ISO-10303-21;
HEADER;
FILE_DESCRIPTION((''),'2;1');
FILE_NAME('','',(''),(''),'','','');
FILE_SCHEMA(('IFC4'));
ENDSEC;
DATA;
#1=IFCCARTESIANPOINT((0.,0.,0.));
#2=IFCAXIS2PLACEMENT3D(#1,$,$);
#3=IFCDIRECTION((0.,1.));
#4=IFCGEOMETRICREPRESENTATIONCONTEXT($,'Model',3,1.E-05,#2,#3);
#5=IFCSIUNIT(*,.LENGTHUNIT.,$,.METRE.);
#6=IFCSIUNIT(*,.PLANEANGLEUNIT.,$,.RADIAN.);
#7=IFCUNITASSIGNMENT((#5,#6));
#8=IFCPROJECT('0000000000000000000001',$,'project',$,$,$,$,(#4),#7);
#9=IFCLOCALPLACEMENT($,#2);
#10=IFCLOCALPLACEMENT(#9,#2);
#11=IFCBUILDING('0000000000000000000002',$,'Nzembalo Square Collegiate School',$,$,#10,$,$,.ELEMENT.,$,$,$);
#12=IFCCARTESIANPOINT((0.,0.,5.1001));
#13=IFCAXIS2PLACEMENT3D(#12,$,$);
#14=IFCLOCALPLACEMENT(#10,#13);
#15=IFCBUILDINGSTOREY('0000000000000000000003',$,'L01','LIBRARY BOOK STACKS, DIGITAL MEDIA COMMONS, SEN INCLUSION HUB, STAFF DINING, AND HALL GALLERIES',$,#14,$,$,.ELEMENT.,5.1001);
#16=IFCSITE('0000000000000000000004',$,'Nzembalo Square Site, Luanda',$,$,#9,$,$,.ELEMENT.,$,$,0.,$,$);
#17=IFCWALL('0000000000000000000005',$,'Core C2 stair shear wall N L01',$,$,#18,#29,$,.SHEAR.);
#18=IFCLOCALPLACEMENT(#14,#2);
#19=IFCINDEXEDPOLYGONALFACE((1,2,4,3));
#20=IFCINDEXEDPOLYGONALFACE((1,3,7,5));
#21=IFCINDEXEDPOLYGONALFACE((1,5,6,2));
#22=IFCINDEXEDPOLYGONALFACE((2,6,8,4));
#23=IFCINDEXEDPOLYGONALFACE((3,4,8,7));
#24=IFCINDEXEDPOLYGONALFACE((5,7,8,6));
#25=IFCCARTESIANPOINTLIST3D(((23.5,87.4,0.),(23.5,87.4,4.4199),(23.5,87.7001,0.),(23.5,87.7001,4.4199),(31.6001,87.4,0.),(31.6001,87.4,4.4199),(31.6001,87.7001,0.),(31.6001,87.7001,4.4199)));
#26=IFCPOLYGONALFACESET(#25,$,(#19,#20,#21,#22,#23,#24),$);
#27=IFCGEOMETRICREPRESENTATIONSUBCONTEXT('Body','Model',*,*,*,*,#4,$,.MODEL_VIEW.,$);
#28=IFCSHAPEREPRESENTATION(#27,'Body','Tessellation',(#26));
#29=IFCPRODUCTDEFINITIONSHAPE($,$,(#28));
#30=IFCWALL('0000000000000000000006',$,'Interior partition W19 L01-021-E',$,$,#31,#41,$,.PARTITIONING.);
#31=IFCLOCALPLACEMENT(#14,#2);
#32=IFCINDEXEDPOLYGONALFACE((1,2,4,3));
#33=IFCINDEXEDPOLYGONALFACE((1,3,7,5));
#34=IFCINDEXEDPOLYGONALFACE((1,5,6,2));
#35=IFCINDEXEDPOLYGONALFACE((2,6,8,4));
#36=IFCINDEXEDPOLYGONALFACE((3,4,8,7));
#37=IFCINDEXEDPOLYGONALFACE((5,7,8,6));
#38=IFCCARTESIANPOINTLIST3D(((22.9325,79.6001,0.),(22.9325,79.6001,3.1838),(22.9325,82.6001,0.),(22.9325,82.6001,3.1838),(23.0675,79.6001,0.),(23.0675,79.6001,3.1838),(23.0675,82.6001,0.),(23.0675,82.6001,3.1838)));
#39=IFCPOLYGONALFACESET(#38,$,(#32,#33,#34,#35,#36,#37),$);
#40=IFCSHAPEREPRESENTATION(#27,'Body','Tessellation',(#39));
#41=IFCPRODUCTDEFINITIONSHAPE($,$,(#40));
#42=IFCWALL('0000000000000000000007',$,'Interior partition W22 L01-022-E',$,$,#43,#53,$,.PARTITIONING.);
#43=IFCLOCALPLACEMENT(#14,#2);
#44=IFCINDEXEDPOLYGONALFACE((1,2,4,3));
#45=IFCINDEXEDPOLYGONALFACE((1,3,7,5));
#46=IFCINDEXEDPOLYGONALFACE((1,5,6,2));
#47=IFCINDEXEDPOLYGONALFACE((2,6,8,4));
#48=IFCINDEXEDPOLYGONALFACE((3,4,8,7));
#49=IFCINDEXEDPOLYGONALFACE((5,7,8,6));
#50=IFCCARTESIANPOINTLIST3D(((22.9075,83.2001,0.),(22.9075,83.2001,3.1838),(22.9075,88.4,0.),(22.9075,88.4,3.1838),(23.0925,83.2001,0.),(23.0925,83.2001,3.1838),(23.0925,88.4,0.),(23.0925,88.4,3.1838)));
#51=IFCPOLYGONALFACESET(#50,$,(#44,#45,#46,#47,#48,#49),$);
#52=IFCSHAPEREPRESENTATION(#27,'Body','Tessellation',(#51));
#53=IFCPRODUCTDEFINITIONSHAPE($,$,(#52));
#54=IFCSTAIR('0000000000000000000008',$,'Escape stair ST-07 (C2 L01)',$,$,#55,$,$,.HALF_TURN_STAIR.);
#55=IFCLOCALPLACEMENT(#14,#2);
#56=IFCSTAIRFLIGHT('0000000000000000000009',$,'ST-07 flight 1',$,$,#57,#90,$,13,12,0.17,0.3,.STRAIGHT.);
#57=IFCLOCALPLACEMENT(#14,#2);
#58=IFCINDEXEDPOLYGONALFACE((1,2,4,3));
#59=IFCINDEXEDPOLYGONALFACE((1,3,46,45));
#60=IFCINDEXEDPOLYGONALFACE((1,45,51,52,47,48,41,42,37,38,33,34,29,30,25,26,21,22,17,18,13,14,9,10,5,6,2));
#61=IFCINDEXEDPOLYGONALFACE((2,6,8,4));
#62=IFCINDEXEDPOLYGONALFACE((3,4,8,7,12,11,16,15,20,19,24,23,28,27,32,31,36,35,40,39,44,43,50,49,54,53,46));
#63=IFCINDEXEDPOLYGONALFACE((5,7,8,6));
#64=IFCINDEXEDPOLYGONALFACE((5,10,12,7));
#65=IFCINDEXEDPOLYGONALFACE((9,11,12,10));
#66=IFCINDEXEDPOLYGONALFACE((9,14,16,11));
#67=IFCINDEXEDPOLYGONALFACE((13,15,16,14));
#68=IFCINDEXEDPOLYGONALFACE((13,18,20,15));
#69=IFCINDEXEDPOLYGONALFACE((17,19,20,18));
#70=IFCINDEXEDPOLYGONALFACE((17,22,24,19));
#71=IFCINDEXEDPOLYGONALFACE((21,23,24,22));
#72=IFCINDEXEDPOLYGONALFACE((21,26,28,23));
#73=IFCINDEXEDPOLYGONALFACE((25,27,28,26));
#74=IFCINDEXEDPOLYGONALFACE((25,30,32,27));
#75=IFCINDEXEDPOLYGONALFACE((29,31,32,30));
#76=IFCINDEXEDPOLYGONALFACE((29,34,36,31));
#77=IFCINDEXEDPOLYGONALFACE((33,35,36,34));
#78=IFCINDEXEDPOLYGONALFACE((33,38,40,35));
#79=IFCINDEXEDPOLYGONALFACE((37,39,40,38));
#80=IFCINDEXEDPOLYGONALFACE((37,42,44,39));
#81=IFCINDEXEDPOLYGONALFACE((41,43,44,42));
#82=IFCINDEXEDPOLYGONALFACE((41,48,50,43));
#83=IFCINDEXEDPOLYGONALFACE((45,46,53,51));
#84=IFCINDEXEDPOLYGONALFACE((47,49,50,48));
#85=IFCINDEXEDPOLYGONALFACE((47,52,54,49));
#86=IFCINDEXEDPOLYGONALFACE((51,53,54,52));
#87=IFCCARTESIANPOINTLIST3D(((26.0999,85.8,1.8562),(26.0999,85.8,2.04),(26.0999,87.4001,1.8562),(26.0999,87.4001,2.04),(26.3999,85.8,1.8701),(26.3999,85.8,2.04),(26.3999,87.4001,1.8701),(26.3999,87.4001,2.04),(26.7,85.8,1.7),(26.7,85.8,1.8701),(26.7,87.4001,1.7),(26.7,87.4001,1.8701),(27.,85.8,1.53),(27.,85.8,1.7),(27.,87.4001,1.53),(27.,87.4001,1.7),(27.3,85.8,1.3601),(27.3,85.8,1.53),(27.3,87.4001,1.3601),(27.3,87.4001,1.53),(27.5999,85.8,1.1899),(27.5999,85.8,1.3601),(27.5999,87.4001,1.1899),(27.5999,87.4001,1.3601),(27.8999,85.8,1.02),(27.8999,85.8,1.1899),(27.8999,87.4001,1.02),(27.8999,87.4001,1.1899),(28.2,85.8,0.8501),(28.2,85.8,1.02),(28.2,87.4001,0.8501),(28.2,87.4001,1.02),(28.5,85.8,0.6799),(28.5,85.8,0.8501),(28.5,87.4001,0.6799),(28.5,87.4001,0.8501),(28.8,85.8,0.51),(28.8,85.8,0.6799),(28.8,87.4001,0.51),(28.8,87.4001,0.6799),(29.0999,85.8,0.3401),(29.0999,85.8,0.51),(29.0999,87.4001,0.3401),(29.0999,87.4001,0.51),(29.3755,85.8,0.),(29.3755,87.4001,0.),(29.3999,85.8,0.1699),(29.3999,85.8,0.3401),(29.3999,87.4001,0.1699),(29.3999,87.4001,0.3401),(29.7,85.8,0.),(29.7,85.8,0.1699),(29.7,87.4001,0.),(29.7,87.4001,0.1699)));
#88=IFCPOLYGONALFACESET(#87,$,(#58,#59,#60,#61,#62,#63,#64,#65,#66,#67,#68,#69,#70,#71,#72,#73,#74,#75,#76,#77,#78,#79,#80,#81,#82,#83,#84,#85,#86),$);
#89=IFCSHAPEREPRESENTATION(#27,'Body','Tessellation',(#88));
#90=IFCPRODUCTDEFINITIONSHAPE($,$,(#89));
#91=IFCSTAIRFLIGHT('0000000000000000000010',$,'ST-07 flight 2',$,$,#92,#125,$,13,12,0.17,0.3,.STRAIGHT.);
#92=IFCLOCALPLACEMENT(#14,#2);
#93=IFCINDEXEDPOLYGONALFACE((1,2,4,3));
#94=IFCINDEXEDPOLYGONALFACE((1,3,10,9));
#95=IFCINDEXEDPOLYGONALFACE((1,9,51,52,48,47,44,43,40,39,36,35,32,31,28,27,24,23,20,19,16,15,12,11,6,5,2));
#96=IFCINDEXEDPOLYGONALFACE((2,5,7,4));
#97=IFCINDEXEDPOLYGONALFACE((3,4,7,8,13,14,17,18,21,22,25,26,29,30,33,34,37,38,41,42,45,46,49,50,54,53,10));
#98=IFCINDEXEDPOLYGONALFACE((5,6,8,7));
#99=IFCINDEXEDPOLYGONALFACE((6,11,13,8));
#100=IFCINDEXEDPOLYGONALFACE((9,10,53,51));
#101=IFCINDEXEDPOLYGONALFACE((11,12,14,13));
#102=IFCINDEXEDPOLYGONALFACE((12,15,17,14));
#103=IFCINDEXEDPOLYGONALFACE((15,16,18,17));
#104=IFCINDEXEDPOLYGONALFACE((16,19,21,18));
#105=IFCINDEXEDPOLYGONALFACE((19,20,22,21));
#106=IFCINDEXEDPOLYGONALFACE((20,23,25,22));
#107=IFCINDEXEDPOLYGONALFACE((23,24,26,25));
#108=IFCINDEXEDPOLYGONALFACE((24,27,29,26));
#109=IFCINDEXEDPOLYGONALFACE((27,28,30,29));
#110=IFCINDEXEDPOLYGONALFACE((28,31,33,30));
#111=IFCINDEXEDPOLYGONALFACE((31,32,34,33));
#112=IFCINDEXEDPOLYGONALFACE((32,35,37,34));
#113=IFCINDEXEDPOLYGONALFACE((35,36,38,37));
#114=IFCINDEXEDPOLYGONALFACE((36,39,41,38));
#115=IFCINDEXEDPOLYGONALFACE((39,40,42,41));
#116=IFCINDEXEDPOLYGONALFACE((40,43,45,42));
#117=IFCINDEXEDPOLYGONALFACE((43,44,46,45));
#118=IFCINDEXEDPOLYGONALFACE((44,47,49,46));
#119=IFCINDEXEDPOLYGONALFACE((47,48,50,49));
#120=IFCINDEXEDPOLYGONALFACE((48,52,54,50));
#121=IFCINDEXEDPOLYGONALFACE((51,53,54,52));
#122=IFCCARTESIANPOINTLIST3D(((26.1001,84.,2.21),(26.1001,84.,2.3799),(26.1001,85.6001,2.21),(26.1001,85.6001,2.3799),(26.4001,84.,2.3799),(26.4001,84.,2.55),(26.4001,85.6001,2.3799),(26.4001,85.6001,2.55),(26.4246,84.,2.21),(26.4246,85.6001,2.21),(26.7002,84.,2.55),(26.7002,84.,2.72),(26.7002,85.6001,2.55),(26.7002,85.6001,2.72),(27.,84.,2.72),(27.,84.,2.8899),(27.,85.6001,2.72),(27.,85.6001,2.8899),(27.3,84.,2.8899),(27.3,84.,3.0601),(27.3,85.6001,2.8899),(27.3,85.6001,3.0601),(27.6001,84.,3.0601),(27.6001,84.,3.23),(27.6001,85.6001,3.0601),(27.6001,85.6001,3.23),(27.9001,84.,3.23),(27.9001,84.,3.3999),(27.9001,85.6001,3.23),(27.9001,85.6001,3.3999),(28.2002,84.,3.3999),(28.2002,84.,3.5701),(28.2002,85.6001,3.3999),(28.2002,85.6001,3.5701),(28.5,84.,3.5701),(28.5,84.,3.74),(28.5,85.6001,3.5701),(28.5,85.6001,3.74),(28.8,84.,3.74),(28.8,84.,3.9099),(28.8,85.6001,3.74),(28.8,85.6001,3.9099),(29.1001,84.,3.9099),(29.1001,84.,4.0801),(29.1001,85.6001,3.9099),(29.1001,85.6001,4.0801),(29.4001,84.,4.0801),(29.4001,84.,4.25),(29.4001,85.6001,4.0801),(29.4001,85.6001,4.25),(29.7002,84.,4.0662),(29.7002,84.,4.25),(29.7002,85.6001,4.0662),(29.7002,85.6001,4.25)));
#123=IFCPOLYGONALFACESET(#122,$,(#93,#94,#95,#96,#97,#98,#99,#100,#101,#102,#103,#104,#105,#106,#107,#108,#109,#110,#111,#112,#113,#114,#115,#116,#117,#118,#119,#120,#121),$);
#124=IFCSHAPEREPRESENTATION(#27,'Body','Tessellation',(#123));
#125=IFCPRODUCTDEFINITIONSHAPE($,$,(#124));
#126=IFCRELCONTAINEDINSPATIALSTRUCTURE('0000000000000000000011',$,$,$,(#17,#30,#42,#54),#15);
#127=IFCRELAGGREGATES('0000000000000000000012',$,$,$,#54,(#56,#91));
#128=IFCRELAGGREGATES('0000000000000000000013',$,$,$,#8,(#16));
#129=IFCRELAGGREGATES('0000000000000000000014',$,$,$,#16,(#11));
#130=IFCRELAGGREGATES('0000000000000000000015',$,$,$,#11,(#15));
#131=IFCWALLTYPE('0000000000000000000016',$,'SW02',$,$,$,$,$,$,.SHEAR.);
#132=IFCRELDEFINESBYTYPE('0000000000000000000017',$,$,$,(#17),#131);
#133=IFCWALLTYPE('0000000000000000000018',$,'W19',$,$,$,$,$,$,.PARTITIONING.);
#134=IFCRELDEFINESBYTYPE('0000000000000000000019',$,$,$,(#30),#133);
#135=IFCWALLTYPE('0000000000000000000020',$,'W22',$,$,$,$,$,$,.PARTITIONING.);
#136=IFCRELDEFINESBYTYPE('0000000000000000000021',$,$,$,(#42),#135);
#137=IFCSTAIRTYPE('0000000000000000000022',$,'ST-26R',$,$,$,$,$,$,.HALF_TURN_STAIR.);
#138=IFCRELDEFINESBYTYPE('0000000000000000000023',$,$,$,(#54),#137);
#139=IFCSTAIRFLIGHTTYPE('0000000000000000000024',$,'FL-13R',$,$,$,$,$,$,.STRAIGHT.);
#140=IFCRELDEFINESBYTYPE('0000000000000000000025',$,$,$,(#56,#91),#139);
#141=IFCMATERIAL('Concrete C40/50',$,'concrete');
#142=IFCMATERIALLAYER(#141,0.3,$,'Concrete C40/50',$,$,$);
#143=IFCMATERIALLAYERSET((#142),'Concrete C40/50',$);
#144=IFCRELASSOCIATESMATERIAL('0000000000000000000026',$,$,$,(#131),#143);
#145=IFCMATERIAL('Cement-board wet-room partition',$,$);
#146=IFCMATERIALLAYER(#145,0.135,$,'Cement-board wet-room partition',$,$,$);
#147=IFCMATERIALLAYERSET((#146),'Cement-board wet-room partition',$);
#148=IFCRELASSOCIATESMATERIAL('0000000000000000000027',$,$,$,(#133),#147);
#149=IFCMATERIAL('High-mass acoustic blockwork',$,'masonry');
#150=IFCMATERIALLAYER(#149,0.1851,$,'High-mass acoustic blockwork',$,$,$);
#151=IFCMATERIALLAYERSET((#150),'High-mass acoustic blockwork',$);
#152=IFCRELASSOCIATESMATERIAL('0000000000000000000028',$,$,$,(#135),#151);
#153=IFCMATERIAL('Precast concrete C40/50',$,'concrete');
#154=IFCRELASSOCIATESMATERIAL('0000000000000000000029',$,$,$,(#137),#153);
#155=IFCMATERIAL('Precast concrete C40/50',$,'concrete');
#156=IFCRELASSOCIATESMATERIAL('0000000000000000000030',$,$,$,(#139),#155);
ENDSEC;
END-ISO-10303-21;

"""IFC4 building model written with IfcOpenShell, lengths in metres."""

from ifc_helpers import new_model, si_unit, direction, frame, frame_2d, origin, place, context, subcontext, project, spatial, polyline, rectangle, outline, extrude, material, layer, layer_set, type_object, element, aggregate, save


model = new_model("IFC4")

# Units and contexts
model_context = context("Model", 3, precision=1e-05, world=origin(), true_north=direction((0.0, 1.0)))
body_context = subcontext(model_context, "Body", "Model", "MODEL_VIEW")
ifc_project = project(units=[si_unit("LENGTHUNIT", "METRE"), si_unit("PLANEANGLEUNIT", "RADIAN")], contexts=[model_context])

# Site, building, storey
site_placement = place(None, origin())
site = spatial("IfcSite", under=ifc_project, at=site_placement, Name="Nzembalo Square Site, Luanda", CompositionType="ELEMENT", RefElevation=0.0)
building_placement = place(site_placement, origin())
building = spatial("IfcBuilding", under=site, at=building_placement, Name="Nzembalo Square Collegiate School", CompositionType="ELEMENT")
storey_placement = place(building_placement, frame((0.0, 0.0, 5.1001)))
storey = spatial("IfcBuildingStorey", under=building, at=storey_placement, Name="L01", Description="LIBRARY BOOK STACKS, DIGITAL MEDIA COMMONS, SEN INCLUSION HUB, STAFF DINING, AND HALL GALLERIES", CompositionType="ELEMENT", Elevation=5.1001)

# Walls
ifc_material_1 = material(Name="Concrete C40/50", Category="concrete")
ifc_layer_1 = layer(ifc_material_1, 0.3, Name="Concrete C40/50")
ifc_layer_set_1 = layer_set([ifc_layer_1], Name="Concrete C40/50")
wall_type_1 = type_object("IfcWallType", Name="SW02", PredefinedType="SHEAR", material=ifc_layer_set_1)
for number, where, z_axis, x_axis, name in (
    (1, (23.5, 87.55, 0.0), (0.0, 0.0, 1.0), (1.0, 0.0, 0.0), "Core C2 stair shear wall N L01"),
):
    element("IfcWall", number, at=place(storey_placement, frame(where, z_axis=z_axis, x_axis=x_axis)), inside=storey, type_object=wall_type_1, Name=name, PredefinedType="SHEAR", context=body_context, shape_type="SweptSolid", body=[
        extrude(rectangle(XDim=8.1001, YDim=0.3, at=frame_2d((4.05, 0.0))), origin(), (0.0, 0.0, 1.0), 4.4199),
    ])
ifc_material_2 = material(Name="Cement-board wet-room partition")
ifc_layer_2 = layer(ifc_material_2, 0.135, Name="Cement-board wet-room partition")
ifc_layer_set_2 = layer_set([ifc_layer_2], Name="Cement-board wet-room partition")
wall_type_2 = type_object("IfcWallType", Name="W19", PredefinedType="PARTITIONING", material=ifc_layer_set_2)
wall_1_placement = place(storey_placement, frame((23.0, 79.6001, 0.0), z_axis=(0.0, 0.0, 1.0), x_axis=(0.0, 1.0, 0.0)))
element("IfcWall", 2, at=wall_1_placement, inside=storey, type_object=wall_type_2, Name="Interior partition W19 L01-021-E", PredefinedType="PARTITIONING", context=body_context, shape_type="SweptSolid", body=[
    extrude(rectangle(XDim=3.0, YDim=0.135, at=frame_2d((1.5, 0.0))), origin(), (0.0, 0.0, 1.0), 3.1838),
])
ifc_material_3 = material(Name="High-mass acoustic blockwork", Category="masonry")
ifc_layer_3 = layer(ifc_material_3, 0.1851, Name="High-mass acoustic blockwork")
ifc_layer_set_3 = layer_set([ifc_layer_3], Name="High-mass acoustic blockwork")
wall_type_3 = type_object("IfcWallType", Name="W22", PredefinedType="PARTITIONING", material=ifc_layer_set_3)
wall_2_placement = place(storey_placement, frame((23.0, 83.2, 0.0), z_axis=(0.0, 0.0, 1.0), x_axis=(0.0, 1.0, 0.0)))
element("IfcWall", 3, at=wall_2_placement, inside=storey, type_object=wall_type_3, Name="Interior partition W22 L01-022-E", PredefinedType="PARTITIONING", context=body_context, shape_type="SweptSolid", body=[
    extrude(rectangle(XDim=5.2, YDim=0.1851, at=frame_2d((2.6001, 0.0))), origin(), (0.0, 0.0, 1.0), 3.1838),
])

# Stair, stair flights
ifc_material_4 = material(Name="Precast concrete C40/50", Category="concrete")
stair_type = type_object("IfcStairType", Name="ST-26R", PredefinedType="HALF_TURN_STAIR", material=ifc_material_4)
stair_placement = place(storey_placement, origin())
stair = element("IfcStair", 4, at=stair_placement, inside=storey, type_object=stair_type, Name="Escape stair ST-07 (C2 L01)", PredefinedType="HALF_TURN_STAIR")
ifc_material_5 = material(Name="Precast concrete C40/50", Category="concrete")
stair_flight_type = type_object("IfcStairFlightType", Name="FL-13R", PredefinedType="STRAIGHT", material=ifc_material_5)
stair_flight_1_placement = place(storey_placement, frame((29.7, 86.6001, 0.0), z_axis=(0.0, 0.0, 1.0), x_axis=(-1.0, 0.0, 0.0)))
stair_flight_1 = element("IfcStairFlight", 5, at=stair_flight_1_placement, type_object=stair_flight_type, Name="ST-07 flight 1", NumberOfRisers=13, NumberOfTreads=12, PredefinedType="STRAIGHT", RiserHeight=0.17, TreadLength=0.3, context=body_context, shape_type="SweptSolid", body=[
    extrude(outline(polyline([(0.0, 0.0), (0.0, 0.1699), (0.3, 0.1699), (0.3, 0.3401), (0.6001, 0.3401), (0.6001, 0.51), (0.8999, 0.51), (0.8999, 0.6799), (1.2, 0.6799), (1.2, 0.8501), (1.5, 0.8501), (1.5, 1.02), (1.8, 1.02), (1.8, 1.1899), (2.1001, 1.1899), (2.1001, 1.3601), (2.3999, 1.3601), (2.3999, 1.53), (2.7, 1.53), (2.7, 1.7), (3.0, 1.7), (3.0, 1.8701), (3.3, 1.8701), (3.3, 2.04), (3.6001, 2.04), (3.6001, 2.21), (3.6001, 1.8562), (0.3245, 0.0), (0.0, 0.0)])), frame((0.0, 0.8, 0.0), z_axis=(0.0, -1.0, 0.0), x_axis=(1.0, 0.0, 0.0)), (0.0, 0.0, 1.0), 1.6001),
])
stair_flight_2_placement = place(storey_placement, frame((26.1001, 84.8, 2.21), z_axis=(0.0, 0.0, 1.0), x_axis=(1.0, 0.0, 0.0)))
stair_flight_2 = element("IfcStairFlight", 6, at=stair_flight_2_placement, type_object=stair_flight_type, Name="ST-07 flight 2", NumberOfRisers=13, NumberOfTreads=12, PredefinedType="STRAIGHT", RiserHeight=0.17, TreadLength=0.3, context=body_context, shape_type="SweptSolid", body=[
    extrude(outline(polyline([(0.0, 0.0), (0.0, 0.1699), (0.3, 0.1699), (0.3, 0.3401), (0.6001, 0.3401), (0.6001, 0.51), (0.8999, 0.51), (0.8999, 0.6799), (1.2, 0.6799), (1.2, 0.8501), (1.5, 0.8501), (1.5, 1.02), (1.8, 1.02), (1.8, 1.1899), (2.1001, 1.1899), (2.1001, 1.3601), (2.3999, 1.3601), (2.3999, 1.53), (2.7, 1.53), (2.7, 1.7), (3.0, 1.7), (3.0, 1.8701), (3.3, 1.8701), (3.3, 2.04), (3.6001, 2.04), (3.6001, 2.21), (3.6001, 1.8562), (0.3245, 0.0), (0.0, 0.0)])), frame((0.0, 0.8, 0.0), z_axis=(0.0, -1.0, 0.0), x_axis=(1.0, 0.0, 0.0)), (0.0, 0.0, 1.0), 1.6001),
])
aggregate(stair, [stair_flight_1, stair_flight_2])

save(model, "model.ifc")
